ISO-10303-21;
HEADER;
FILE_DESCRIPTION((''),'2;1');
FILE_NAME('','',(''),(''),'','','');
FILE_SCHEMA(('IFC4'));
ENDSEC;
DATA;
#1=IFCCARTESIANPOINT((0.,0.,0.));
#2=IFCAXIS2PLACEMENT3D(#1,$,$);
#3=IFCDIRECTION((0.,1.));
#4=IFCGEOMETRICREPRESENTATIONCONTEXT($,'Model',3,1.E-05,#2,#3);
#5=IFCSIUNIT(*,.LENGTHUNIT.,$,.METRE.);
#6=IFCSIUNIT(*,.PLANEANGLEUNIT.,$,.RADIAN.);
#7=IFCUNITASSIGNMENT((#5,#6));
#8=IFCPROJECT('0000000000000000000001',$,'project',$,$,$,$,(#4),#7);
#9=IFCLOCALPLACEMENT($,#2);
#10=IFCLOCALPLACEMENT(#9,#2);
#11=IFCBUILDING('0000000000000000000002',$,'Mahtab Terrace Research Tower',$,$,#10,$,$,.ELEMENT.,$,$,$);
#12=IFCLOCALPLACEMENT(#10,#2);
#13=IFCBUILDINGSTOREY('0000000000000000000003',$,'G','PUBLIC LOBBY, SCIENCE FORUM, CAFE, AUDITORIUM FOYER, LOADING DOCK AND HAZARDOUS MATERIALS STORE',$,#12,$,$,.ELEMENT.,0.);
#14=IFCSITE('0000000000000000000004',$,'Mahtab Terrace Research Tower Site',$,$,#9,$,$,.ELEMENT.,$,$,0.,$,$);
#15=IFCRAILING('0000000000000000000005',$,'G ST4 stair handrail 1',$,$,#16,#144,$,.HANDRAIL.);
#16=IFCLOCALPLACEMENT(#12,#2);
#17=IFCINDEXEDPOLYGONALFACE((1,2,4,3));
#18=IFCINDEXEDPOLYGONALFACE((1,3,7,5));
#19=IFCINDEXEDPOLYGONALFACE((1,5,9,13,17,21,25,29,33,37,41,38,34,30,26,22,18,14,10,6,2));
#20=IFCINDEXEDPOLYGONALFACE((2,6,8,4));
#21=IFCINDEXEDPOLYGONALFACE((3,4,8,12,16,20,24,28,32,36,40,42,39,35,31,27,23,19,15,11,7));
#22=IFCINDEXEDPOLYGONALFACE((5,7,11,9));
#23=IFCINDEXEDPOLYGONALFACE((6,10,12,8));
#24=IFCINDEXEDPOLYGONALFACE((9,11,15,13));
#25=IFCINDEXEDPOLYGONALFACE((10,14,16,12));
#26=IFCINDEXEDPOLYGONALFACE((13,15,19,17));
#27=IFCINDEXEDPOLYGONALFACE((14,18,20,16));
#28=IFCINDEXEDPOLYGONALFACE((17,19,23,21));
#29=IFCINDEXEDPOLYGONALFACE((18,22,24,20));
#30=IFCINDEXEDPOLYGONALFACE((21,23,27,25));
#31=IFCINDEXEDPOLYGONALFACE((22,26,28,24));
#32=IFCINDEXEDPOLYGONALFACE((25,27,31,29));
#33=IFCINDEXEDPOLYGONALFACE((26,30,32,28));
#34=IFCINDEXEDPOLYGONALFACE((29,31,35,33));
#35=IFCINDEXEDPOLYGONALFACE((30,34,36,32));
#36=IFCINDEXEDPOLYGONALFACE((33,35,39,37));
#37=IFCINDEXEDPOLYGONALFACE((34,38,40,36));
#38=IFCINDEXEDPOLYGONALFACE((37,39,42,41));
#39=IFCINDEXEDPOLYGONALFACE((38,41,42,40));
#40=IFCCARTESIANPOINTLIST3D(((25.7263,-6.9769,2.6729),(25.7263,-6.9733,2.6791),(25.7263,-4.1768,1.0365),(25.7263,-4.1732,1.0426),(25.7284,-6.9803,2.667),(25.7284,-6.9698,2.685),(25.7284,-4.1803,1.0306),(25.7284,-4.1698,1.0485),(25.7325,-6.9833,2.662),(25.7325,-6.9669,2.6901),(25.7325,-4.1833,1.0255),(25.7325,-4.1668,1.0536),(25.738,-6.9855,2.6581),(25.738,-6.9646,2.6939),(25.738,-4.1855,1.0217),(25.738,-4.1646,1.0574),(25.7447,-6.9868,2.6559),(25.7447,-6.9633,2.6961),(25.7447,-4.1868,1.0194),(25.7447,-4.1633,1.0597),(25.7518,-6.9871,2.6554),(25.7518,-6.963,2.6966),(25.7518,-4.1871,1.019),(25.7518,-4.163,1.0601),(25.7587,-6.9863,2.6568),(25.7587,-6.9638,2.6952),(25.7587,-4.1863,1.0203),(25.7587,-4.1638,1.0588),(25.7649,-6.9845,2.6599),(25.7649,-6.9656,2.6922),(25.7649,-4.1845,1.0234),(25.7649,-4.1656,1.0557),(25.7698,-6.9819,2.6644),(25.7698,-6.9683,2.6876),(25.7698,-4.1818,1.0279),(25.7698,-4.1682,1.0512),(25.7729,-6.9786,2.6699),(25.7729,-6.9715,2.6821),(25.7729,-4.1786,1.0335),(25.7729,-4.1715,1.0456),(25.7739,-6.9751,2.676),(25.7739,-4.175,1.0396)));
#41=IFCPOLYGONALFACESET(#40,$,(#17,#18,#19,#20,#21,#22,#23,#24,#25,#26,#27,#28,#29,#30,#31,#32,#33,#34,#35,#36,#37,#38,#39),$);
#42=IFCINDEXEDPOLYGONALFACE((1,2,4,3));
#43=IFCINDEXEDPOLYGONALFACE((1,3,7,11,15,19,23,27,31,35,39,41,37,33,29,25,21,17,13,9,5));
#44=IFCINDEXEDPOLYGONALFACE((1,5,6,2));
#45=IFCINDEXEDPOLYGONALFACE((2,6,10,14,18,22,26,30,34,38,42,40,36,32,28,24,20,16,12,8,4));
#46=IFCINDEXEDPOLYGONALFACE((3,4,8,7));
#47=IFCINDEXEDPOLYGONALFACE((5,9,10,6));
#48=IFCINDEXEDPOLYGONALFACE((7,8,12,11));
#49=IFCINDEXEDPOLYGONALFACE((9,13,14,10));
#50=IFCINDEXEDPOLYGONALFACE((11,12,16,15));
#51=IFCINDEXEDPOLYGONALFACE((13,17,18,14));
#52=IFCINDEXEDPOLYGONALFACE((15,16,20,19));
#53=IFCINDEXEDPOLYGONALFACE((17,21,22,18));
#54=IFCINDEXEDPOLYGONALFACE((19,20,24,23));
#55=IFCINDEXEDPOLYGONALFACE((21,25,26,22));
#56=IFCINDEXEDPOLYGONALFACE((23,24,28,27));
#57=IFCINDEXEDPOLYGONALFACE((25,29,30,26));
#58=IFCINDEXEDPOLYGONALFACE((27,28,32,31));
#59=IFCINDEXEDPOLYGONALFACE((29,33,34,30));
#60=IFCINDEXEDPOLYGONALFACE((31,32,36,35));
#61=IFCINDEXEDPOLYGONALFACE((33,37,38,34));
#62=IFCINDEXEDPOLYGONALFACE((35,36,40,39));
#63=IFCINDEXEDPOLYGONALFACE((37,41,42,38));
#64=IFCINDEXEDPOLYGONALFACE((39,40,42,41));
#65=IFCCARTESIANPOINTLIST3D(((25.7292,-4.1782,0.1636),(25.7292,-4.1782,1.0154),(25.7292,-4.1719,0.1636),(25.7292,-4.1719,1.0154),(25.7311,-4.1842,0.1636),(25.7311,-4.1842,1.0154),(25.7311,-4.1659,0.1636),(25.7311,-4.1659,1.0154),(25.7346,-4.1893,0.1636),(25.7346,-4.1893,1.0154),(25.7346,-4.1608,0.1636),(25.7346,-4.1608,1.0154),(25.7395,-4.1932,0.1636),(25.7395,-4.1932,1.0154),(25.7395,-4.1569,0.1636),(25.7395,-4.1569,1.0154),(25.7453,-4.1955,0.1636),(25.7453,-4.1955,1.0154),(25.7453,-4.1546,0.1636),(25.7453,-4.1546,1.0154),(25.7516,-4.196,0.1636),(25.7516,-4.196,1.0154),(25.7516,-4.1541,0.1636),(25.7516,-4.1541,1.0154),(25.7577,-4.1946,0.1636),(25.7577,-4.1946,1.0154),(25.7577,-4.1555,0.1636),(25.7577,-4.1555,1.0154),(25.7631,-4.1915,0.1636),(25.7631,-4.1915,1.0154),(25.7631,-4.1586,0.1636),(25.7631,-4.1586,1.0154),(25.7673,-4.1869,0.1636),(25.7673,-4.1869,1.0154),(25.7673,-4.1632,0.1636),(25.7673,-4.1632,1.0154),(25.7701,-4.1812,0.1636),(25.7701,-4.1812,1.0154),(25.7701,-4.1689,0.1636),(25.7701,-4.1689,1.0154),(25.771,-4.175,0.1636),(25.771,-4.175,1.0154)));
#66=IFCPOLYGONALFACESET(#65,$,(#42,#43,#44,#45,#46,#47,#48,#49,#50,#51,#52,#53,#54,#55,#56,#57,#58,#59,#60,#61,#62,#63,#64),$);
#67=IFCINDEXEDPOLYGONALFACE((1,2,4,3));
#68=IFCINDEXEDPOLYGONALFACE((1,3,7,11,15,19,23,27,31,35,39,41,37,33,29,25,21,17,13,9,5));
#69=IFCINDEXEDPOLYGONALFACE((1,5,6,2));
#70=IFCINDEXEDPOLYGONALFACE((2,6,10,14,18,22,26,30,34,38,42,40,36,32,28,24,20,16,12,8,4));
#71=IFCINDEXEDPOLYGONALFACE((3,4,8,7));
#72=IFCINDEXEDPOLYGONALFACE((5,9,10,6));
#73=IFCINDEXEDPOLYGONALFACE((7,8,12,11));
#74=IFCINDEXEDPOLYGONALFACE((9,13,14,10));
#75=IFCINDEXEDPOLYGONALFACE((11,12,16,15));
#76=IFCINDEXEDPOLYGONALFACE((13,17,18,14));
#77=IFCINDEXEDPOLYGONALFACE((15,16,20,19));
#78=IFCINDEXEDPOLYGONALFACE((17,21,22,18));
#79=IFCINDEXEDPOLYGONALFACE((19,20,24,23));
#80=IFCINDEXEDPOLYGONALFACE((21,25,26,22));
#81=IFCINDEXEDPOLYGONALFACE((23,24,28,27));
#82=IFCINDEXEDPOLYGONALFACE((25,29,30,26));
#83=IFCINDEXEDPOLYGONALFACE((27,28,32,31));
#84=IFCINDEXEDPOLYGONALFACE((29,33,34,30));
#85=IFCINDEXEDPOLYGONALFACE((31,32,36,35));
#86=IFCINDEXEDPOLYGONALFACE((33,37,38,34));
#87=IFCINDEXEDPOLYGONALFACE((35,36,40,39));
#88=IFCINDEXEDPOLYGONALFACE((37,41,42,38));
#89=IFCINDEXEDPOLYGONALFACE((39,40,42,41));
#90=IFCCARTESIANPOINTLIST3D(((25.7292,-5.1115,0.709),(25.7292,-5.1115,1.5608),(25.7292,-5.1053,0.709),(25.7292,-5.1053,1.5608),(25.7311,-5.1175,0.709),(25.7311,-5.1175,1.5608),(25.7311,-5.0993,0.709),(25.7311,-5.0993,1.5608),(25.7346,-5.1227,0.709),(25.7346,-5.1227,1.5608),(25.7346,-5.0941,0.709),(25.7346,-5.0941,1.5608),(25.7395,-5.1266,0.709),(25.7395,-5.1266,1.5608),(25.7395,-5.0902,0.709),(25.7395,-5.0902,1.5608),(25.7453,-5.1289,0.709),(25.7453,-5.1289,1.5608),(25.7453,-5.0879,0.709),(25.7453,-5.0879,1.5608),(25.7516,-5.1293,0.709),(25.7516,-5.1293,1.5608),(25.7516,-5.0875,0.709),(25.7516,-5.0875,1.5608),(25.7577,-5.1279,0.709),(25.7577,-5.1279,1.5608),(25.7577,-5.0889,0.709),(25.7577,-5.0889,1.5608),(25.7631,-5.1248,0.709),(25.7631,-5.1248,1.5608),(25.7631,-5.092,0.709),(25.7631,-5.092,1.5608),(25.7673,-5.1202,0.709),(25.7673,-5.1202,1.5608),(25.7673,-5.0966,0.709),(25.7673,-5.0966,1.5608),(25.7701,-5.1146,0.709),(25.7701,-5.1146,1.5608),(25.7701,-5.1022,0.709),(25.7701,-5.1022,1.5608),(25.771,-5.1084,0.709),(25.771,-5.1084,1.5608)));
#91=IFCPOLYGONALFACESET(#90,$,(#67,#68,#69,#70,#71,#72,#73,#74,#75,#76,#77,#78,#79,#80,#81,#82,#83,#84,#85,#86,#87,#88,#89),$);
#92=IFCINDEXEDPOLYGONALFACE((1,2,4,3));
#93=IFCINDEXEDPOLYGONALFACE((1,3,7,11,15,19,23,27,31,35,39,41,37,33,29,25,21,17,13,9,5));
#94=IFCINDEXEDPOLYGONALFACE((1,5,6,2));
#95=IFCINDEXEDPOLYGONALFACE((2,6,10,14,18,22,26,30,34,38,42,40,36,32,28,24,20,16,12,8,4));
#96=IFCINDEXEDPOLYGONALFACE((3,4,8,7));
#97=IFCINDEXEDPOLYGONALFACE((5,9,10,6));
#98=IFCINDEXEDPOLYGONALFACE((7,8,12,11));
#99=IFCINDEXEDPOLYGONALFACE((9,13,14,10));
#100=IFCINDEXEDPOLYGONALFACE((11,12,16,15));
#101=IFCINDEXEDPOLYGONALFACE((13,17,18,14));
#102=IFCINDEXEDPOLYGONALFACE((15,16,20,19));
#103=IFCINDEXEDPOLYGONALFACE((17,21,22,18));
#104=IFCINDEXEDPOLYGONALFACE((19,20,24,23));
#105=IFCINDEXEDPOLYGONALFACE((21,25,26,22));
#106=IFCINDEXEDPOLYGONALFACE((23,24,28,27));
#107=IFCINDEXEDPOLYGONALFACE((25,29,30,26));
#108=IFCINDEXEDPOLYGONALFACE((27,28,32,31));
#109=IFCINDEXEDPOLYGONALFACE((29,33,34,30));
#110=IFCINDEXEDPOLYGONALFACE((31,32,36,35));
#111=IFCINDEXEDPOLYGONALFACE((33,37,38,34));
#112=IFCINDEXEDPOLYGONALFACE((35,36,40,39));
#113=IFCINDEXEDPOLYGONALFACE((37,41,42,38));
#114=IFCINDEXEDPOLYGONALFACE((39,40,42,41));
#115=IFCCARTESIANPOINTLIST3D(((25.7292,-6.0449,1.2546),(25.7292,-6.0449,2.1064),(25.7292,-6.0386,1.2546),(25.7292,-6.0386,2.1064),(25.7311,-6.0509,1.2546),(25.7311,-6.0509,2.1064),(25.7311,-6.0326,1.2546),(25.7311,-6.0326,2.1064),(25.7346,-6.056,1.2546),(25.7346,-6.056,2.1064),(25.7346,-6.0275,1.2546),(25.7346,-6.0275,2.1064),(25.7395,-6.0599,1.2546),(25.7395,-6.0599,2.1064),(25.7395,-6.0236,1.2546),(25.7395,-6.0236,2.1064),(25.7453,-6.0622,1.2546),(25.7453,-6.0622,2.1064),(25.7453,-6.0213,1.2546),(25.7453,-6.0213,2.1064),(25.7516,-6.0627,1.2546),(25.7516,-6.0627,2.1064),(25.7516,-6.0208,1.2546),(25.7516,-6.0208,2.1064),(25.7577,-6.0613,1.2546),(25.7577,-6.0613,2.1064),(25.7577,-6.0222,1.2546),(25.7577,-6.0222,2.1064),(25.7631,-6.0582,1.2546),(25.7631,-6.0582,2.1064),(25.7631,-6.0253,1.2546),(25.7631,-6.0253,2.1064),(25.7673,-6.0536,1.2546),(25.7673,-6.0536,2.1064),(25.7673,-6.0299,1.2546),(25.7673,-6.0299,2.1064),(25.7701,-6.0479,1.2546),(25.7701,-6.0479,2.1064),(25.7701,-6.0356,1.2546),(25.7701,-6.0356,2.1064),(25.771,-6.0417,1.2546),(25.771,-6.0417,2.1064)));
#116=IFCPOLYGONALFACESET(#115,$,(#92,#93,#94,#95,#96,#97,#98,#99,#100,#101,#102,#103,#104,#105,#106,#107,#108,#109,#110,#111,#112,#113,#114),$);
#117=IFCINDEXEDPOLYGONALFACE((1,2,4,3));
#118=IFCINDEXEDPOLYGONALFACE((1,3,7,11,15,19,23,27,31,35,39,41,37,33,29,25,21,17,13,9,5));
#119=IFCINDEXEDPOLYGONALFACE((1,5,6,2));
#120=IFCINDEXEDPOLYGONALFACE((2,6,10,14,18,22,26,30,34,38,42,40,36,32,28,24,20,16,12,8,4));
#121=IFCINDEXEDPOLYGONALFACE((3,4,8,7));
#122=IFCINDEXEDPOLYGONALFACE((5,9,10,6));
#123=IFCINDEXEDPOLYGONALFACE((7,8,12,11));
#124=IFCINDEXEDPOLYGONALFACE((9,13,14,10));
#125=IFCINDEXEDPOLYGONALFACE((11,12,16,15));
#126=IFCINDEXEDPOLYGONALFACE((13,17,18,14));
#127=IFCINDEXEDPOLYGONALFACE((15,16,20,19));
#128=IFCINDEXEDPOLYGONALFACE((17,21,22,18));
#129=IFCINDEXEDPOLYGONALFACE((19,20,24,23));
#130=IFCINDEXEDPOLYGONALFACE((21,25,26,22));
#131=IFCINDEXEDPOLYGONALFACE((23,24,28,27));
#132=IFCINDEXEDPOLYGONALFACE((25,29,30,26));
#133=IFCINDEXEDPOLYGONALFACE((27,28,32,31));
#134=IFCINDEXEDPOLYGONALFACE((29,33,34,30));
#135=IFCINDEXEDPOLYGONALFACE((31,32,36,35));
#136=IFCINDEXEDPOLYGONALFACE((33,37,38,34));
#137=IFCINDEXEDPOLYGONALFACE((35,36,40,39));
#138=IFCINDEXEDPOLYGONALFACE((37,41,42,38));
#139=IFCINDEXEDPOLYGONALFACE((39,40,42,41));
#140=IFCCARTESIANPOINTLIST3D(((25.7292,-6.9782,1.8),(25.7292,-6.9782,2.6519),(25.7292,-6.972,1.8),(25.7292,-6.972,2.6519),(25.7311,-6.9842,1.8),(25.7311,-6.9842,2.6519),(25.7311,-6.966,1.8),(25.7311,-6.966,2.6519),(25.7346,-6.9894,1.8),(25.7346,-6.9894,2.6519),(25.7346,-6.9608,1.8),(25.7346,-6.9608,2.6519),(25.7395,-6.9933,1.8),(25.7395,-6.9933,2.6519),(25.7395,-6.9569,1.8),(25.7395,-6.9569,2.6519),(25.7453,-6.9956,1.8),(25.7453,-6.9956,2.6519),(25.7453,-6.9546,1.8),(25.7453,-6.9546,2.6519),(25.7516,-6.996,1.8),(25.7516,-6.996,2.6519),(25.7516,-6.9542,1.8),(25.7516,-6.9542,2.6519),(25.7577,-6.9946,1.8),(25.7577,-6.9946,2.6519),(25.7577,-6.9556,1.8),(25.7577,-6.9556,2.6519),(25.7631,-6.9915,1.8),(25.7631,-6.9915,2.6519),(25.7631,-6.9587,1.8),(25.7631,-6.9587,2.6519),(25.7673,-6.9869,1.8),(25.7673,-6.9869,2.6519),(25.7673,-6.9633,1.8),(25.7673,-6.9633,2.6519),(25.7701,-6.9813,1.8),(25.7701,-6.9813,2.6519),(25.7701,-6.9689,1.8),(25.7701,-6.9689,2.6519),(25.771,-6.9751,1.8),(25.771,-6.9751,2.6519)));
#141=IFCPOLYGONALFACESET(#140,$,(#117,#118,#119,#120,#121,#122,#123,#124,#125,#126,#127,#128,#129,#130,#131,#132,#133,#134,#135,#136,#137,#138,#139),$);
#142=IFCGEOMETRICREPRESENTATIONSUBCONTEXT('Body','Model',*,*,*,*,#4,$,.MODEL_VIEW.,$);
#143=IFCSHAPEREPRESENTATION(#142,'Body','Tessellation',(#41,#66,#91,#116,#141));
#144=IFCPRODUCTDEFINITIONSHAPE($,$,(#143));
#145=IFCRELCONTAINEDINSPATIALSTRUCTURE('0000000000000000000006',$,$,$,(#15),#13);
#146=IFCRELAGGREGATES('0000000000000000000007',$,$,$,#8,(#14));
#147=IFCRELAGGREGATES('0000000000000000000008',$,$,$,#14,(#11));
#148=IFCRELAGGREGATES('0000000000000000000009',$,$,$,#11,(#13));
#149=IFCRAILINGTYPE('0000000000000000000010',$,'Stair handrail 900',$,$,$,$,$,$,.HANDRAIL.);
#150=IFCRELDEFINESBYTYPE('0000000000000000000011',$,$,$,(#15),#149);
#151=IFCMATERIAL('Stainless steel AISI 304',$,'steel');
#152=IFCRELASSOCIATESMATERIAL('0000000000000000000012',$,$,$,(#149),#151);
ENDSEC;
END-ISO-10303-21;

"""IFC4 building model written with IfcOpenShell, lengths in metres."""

from ifc_helpers import new_model, si_unit, direction, frame, origin, origin_2d, place, context, subcontext, project, spatial, circle, extrude, material, type_object, element, save


model = new_model("IFC4")

# Units and contexts
model_context = context("Model", 3, precision=1e-05, world=origin(), true_north=direction((0.0, 1.0)))
body_context = subcontext(model_context, "Body", "Model", "MODEL_VIEW")
ifc_project = project(units=[si_unit("LENGTHUNIT", "METRE"), si_unit("PLANEANGLEUNIT", "RADIAN")], contexts=[model_context])

# Site, building, storey
site_placement = place(None, origin())
site = spatial("IfcSite", under=ifc_project, at=site_placement, Name="Mahtab Terrace Research Tower Site", CompositionType="ELEMENT", RefElevation=0.0)
building_placement = place(site_placement, origin())
building = spatial("IfcBuilding", under=site, at=building_placement, Name="Mahtab Terrace Research Tower", CompositionType="ELEMENT")
storey_placement = place(building_placement, origin())
storey = spatial("IfcBuildingStorey", under=building, at=storey_placement, Name="G", Description="PUBLIC LOBBY, SCIENCE FORUM, CAFE, AUDITORIUM FOYER, LOADING DOCK AND HAZARDOUS MATERIALS STORE", CompositionType="ELEMENT", Elevation=0.0)

# Railing
ifc_material_1 = material(Name="Stainless steel AISI 304", Category="steel")
railing_type_1 = type_object("IfcRailingType", Name="Stair handrail 900", PredefinedType="HANDRAIL", material=ifc_material_1)
railing_1_placement = place(storey_placement, frame((25.75, -4.175, 0.1636)))
element("IfcRailing", 1, at=railing_1_placement, inside=storey, type_object=railing_type_1, Name="G ST4 stair handrail 1", PredefinedType="HANDRAIL", context=body_context, shape_type="SweptSolid", body=[
    extrude(circle(Radius=0.0239, at=origin_2d()), frame((0.0, 0.0, 0.876), z_axis=(0.0, -0.863361, 0.504587), x_axis=(1.0, 0.0, 0.0)), (0.0, 0.0, 1.0), 3.2432),
    extrude(circle(Radius=0.021, at=origin_2d()), origin(), (0.0, 0.0, 1.0), 0.8518),
    extrude(circle(Radius=0.021, at=origin_2d()), frame((0.0, -0.9333, 0.5454)), (0.0, 0.0, 1.0), 0.8518),
    extrude(circle(Radius=0.021, at=origin_2d()), frame((0.0, -1.8667, 1.0911)), (0.0, 0.0, 1.0), 0.8518),
    extrude(circle(Radius=0.021, at=origin_2d()), frame((0.0, -2.8, 1.6365)), (0.0, 0.0, 1.0), 0.8518),
])

save(model, "model.ifc")
